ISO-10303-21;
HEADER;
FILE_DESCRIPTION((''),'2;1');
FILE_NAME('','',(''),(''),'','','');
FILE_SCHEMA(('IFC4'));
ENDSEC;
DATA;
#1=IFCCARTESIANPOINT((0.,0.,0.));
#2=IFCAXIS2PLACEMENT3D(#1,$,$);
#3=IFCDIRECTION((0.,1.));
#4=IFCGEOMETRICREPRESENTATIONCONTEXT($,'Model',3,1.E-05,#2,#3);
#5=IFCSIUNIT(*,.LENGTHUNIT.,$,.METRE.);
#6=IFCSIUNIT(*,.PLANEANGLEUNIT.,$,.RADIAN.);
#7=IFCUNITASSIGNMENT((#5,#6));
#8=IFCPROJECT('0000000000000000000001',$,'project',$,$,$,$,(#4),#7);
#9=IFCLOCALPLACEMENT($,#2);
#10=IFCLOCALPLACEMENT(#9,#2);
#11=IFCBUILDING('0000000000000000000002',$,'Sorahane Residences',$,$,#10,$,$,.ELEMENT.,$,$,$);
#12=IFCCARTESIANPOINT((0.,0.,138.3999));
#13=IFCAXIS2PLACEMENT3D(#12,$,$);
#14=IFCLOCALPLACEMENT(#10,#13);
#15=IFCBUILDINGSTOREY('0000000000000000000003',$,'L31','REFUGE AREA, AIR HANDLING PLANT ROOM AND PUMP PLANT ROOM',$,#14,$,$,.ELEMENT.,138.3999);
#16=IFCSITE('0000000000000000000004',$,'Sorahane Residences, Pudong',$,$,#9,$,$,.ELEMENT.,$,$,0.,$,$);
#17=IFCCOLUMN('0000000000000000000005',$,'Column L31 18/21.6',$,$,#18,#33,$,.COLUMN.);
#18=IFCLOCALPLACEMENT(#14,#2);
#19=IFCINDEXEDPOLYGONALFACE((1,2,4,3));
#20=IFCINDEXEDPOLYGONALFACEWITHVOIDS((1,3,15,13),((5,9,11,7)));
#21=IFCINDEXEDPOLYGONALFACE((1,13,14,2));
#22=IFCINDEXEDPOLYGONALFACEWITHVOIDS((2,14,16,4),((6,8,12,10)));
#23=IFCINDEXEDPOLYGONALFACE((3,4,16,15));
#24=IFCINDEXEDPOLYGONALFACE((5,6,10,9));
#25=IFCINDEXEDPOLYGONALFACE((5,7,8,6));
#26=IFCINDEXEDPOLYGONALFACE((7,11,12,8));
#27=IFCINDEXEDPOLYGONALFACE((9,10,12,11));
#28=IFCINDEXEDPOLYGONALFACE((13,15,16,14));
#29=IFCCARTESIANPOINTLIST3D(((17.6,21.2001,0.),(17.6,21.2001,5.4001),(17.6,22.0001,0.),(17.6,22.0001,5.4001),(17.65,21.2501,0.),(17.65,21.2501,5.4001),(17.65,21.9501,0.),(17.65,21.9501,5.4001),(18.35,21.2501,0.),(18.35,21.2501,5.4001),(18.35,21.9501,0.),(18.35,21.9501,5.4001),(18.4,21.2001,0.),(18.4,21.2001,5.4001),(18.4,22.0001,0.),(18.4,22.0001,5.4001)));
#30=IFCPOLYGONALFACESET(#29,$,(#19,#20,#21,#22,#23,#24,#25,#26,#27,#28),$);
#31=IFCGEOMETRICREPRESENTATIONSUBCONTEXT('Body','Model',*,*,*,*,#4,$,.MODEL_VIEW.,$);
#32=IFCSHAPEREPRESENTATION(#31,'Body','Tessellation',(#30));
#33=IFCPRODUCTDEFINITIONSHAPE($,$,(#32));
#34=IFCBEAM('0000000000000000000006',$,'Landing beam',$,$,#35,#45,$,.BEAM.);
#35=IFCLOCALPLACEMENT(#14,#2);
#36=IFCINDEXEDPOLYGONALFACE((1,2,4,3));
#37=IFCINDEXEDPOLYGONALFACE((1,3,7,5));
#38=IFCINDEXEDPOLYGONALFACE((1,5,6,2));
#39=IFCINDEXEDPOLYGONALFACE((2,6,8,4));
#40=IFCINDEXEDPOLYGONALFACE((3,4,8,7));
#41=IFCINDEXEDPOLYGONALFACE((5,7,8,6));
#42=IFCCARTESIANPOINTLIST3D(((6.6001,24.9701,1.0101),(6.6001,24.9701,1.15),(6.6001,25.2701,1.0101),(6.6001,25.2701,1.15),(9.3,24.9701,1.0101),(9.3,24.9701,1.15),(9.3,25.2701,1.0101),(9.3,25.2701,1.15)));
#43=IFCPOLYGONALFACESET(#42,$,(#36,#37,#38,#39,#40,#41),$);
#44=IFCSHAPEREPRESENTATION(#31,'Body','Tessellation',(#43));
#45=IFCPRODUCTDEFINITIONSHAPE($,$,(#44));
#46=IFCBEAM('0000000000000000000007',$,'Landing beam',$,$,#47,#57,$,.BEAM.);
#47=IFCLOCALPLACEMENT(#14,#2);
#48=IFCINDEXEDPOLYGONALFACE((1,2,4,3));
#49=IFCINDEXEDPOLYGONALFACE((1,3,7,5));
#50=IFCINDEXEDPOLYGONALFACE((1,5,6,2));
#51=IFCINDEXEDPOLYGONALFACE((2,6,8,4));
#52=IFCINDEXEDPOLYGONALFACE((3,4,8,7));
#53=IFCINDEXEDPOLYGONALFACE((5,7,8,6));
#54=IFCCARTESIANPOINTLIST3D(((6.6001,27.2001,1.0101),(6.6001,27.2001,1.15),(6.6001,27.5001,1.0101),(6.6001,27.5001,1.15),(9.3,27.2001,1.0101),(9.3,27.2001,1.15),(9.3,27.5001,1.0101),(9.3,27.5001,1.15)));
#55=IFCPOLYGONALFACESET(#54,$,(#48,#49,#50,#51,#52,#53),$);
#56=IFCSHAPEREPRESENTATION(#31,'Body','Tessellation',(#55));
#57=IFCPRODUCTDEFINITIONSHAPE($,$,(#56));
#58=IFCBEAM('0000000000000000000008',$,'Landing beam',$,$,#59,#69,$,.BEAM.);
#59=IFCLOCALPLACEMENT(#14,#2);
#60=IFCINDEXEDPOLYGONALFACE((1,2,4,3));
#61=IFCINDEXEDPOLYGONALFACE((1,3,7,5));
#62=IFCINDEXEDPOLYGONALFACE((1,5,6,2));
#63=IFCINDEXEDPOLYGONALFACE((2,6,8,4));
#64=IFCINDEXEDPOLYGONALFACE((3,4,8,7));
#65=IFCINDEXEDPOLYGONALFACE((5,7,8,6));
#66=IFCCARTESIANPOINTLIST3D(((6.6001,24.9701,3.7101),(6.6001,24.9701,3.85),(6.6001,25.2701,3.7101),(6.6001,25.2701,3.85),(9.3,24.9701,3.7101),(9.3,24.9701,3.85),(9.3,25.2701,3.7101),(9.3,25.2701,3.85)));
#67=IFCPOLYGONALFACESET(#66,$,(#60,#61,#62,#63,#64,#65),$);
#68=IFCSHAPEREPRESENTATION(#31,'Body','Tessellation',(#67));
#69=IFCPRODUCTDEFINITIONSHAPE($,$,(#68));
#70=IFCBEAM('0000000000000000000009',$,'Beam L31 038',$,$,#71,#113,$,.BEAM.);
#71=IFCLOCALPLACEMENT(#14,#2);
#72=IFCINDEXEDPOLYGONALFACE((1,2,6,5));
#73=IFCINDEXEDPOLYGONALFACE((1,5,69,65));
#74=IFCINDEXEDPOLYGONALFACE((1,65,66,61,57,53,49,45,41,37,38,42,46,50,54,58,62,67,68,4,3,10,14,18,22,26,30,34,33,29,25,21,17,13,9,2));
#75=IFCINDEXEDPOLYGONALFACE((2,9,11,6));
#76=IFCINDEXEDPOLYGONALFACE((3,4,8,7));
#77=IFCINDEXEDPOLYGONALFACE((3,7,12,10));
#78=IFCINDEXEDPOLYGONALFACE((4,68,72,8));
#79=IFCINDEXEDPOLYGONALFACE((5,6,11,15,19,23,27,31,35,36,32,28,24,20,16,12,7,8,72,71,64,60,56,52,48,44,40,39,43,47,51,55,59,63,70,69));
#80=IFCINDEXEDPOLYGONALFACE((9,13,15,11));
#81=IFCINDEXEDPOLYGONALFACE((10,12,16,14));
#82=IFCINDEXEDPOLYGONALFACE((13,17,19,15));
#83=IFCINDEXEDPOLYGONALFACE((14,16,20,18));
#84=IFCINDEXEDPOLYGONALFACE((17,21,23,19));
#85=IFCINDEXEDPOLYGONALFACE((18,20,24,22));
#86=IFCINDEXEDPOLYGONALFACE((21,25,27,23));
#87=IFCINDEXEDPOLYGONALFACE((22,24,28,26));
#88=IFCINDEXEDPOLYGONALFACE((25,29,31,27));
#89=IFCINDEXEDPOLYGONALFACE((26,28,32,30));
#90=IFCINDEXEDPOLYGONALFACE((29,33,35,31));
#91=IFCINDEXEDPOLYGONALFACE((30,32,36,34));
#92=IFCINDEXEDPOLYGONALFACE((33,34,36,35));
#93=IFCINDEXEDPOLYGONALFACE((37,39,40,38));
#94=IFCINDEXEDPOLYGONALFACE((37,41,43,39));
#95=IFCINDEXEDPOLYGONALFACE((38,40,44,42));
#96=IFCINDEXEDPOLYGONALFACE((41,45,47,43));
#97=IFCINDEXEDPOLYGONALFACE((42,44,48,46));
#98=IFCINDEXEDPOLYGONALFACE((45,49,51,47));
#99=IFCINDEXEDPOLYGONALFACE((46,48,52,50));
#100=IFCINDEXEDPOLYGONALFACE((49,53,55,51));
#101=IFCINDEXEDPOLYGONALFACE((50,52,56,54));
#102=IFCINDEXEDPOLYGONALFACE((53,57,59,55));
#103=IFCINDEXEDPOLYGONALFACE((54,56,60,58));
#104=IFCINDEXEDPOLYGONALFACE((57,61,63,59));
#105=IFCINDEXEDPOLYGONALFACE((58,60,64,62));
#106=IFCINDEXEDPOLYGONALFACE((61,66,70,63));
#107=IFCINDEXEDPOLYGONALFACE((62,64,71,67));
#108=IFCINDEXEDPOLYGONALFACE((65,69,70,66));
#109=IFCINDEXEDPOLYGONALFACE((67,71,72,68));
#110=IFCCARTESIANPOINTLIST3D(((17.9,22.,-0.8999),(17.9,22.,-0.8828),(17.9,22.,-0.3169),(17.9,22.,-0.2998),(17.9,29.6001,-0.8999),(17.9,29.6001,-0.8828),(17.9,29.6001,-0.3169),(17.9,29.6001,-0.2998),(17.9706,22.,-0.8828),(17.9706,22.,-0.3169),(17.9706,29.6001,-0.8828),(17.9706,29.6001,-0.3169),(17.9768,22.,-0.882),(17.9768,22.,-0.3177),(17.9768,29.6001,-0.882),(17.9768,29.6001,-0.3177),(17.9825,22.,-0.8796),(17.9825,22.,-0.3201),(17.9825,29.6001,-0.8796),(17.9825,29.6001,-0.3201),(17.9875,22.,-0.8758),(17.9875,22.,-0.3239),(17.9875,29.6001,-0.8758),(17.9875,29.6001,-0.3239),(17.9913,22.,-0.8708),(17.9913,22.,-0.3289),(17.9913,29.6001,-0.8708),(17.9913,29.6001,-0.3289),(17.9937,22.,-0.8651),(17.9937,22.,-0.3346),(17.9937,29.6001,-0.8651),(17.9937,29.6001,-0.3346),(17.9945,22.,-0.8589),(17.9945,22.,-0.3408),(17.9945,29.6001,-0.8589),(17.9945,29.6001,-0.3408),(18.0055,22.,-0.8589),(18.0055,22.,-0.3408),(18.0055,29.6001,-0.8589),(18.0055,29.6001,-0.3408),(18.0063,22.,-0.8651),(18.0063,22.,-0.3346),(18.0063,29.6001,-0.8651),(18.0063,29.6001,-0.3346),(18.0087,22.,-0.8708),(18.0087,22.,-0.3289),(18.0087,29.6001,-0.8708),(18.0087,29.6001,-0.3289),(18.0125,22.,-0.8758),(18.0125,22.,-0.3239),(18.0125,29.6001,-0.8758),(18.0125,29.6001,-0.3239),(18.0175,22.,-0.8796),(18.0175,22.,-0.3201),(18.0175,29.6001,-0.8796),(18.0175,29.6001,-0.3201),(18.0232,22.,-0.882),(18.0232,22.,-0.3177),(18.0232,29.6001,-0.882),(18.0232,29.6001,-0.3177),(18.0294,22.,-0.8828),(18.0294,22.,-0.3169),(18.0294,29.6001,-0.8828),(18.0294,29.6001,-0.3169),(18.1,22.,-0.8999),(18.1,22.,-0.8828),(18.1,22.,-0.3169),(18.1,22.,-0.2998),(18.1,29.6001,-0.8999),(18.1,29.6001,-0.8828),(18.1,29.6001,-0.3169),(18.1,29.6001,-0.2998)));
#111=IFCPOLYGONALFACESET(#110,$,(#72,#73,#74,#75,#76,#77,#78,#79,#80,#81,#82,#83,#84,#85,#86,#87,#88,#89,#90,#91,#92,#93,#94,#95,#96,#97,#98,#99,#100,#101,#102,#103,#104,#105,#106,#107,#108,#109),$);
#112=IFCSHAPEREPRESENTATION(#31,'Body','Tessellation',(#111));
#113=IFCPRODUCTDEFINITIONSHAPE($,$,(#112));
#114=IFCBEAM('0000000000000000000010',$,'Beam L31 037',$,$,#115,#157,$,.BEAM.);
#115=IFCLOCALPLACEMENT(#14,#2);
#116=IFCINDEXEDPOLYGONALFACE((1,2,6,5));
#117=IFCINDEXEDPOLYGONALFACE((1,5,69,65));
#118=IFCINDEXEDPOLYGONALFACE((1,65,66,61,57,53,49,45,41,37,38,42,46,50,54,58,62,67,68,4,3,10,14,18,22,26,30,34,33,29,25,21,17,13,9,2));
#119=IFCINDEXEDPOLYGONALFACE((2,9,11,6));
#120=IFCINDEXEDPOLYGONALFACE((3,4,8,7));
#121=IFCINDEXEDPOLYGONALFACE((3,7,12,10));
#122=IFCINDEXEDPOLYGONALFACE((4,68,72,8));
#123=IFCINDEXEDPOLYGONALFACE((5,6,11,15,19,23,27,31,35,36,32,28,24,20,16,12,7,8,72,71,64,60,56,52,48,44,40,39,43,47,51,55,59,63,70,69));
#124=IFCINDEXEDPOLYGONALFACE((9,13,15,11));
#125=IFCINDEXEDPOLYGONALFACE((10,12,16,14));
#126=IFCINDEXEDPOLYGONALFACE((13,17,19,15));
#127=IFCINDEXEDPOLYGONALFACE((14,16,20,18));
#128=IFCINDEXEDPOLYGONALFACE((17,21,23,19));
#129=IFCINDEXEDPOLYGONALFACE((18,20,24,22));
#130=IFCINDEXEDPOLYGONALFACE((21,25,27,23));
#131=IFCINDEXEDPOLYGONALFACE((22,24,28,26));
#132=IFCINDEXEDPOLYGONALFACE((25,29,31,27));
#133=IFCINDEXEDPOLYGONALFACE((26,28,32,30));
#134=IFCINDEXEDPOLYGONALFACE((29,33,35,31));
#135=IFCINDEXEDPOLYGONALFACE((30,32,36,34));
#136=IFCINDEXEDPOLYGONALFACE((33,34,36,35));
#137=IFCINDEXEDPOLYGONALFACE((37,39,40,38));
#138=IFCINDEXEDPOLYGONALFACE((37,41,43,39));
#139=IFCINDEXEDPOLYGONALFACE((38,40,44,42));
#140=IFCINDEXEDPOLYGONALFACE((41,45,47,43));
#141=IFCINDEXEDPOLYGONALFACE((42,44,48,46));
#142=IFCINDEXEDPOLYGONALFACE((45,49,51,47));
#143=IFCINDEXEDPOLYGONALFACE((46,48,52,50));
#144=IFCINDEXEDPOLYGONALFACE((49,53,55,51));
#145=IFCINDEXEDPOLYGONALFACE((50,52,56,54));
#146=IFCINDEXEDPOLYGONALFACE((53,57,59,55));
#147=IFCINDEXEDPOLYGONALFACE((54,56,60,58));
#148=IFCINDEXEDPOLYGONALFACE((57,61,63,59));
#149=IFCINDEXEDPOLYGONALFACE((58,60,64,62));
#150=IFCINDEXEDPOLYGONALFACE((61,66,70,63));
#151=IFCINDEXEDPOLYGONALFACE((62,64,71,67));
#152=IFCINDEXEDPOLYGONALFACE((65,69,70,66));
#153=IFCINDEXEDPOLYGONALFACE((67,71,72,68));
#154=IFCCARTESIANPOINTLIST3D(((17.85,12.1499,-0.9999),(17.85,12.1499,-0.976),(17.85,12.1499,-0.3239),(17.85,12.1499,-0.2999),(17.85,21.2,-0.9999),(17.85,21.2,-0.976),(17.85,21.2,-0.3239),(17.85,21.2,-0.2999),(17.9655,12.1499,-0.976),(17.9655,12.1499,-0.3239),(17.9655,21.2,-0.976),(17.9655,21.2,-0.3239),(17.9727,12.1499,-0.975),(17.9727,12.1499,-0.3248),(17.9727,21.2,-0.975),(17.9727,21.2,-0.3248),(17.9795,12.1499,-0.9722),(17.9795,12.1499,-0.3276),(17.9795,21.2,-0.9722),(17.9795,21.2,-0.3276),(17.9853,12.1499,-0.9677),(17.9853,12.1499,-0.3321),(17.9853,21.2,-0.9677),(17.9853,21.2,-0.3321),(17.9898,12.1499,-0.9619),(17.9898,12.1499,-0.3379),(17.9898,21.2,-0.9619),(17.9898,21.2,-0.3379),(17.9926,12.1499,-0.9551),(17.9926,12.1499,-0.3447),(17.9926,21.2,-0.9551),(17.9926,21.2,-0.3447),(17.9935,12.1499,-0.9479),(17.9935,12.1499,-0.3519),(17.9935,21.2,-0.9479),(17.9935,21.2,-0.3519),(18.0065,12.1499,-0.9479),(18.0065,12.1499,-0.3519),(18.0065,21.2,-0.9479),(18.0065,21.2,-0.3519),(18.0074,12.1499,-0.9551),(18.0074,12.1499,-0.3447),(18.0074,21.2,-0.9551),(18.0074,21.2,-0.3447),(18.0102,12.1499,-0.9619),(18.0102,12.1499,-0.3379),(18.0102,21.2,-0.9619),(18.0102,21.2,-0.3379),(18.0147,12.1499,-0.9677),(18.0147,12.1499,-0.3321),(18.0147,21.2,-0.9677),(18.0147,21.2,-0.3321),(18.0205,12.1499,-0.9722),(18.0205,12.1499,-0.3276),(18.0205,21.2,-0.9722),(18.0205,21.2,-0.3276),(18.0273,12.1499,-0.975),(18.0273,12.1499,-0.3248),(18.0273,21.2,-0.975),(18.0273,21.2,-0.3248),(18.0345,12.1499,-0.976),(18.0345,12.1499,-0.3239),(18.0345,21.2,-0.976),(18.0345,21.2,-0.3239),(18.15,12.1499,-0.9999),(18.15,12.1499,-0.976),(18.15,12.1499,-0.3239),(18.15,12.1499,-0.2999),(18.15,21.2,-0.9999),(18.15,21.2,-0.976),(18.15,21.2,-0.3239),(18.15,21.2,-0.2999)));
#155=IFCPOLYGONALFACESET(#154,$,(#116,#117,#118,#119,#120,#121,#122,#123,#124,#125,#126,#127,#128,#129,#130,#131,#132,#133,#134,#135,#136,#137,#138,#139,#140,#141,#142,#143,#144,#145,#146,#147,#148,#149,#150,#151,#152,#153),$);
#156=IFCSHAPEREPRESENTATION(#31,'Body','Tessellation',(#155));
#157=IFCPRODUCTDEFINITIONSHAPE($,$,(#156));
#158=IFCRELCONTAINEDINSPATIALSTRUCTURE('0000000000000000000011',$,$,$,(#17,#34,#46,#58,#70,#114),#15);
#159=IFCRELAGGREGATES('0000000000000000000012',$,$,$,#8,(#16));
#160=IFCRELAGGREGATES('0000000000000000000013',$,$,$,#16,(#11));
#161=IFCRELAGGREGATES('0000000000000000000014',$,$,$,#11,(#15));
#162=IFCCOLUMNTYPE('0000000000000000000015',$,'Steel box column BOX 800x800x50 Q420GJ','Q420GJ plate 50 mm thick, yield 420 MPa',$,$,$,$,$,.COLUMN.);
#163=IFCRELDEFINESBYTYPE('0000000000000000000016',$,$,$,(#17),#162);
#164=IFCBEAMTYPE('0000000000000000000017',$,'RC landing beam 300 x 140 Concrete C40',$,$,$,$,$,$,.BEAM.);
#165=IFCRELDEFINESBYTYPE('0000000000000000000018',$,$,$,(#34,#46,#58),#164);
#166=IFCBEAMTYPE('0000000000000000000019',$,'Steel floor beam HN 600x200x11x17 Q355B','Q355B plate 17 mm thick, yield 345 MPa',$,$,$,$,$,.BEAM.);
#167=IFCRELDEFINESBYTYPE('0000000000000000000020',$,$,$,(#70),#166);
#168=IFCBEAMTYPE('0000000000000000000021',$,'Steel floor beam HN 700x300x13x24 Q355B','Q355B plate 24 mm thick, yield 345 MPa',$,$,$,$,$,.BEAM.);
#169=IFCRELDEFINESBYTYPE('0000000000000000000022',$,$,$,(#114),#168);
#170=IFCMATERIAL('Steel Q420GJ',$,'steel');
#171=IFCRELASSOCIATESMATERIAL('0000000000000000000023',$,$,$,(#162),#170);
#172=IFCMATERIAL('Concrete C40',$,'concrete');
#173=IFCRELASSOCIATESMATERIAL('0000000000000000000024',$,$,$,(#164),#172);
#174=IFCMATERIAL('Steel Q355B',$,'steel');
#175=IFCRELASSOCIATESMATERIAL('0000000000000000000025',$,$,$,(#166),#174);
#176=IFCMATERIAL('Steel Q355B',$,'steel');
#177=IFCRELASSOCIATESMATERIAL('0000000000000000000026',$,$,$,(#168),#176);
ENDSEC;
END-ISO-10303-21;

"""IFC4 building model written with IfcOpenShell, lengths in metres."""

from ifc_helpers import new_model, si_unit, direction, frame, origin, origin_2d, place, context, subcontext, project, spatial, rectangle, hollow_rectangle, i_section, extrude, material, material_profile, profile_set, type_object, element, save


model = new_model("IFC4")

# Units and contexts
model_context = context("Model", 3, precision=1e-05, world=origin(), true_north=direction((0.0, 1.0)))
body_context = subcontext(model_context, "Body", "Model", "MODEL_VIEW")
ifc_project = project(units=[si_unit("LENGTHUNIT", "METRE"), si_unit("PLANEANGLEUNIT", "RADIAN")], contexts=[model_context])

# Site, building, storey
site_placement = place(None, origin())
site = spatial("IfcSite", under=ifc_project, at=site_placement, Name="Sorahane Residences, Pudong", CompositionType="ELEMENT", RefElevation=0.0)
building_placement = place(site_placement, origin())
building = spatial("IfcBuilding", under=site, at=building_placement, Name="Sorahane Residences", CompositionType="ELEMENT")
storey_placement = place(building_placement, frame((0.0, 0.0, 138.3999)))
storey = spatial("IfcBuildingStorey", under=building, at=storey_placement, Name="L31", Description="REFUGE AREA, AIR HANDLING PLANT ROOM AND PUMP PLANT ROOM", CompositionType="ELEMENT", Elevation=138.3999)

# Column
ifc_material_1 = material(Name="Steel Q420GJ", Category="steel")
ifc_material_profile_1 = material_profile(ifc_material_1, hollow_rectangle(XDim=0.8, YDim=0.8, WallThickness=0.05, at=origin_2d()), Name="BOX 800x800x50")
ifc_profile_set_1 = profile_set([ifc_material_profile_1], Name="Steel Q420GJ")
column_type = type_object("IfcColumnType", Name="Steel box column BOX 800x800x50 Q420GJ", Description="Q420GJ plate 50 mm thick, yield 420 MPa", PredefinedType="COLUMN", material=ifc_profile_set_1)
column_placement = place(storey_placement, frame((18.0, 21.6001, 0.0), z_axis=(0.0, 0.0, 1.0), x_axis=(1.0, 0.0, 0.0)))
element("IfcColumn", 1, at=column_placement, inside=storey, type_object=column_type, Name="Column L31 18/21.6", PredefinedType="COLUMN", context=body_context, shape_type="SweptSolid", body=[
    extrude(hollow_rectangle(XDim=0.8, YDim=0.8, WallThickness=0.05, at=origin_2d()), origin(), (0.0, 0.0, 1.0), 5.4001),
])

# Beams
ifc_material_2 = material(Name="Concrete C40", Category="concrete")
ifc_material_profile_2 = material_profile(ifc_material_2, rectangle(XDim=0.3, YDim=0.1399, at=origin_2d()), Name="300x140")
ifc_profile_set_2 = profile_set([ifc_material_profile_2], Name="Concrete C40")
beam_type_1 = type_object("IfcBeamType", Name="RC landing beam 300 x 140 Concrete C40", PredefinedType="BEAM", material=ifc_profile_set_2)
for number, where, z_axis, x_axis, name in (
    (2, (6.6001, 25.1201, 1.0801), (1.0, 0.0, 0.0), (0.0, 1.0, 0.0), "Landing beam"),
    (3, (6.6001, 27.3501, 1.0801), (1.0, 0.0, 0.0), (0.0, 1.0, 0.0), "Landing beam"),
    (4, (6.6001, 25.1201, 3.78), (1.0, 0.0, 0.0), (0.0, 1.0, 0.0), "Landing beam"),
):
    element("IfcBeam", number, at=place(storey_placement, frame(where, z_axis=z_axis, x_axis=x_axis)), inside=storey, type_object=beam_type_1, Name=name, PredefinedType="BEAM", context=body_context, shape_type="SweptSolid", body=[
        extrude(rectangle(XDim=0.3, YDim=0.1399, at=origin_2d()), origin(), (0.0, 0.0, 1.0), 2.7),
    ])
ifc_material_3 = material(Name="Steel Q355B", Category="steel")
ifc_material_profile_3 = material_profile(ifc_material_3, i_section(OverallWidth=0.2, OverallDepth=0.6001, WebThickness=0.011, FlangeThickness=0.0171, FilletRadius=0.0239, at=origin_2d()), Name="HN 600x200x11x17")
ifc_profile_set_3 = profile_set([ifc_material_profile_3], Name="Steel Q355B")
beam_type_2 = type_object("IfcBeamType", Name="Steel floor beam HN 600x200x11x17 Q355B", Description="Q355B plate 17 mm thick, yield 345 MPa", PredefinedType="BEAM", material=ifc_profile_set_3)
beam_1_placement = place(storey_placement, frame((18.0, 22.0, -0.5999), z_axis=(0.0, 1.0, 0.0), x_axis=(-1.0, 0.0, 0.0)))
element("IfcBeam", 5, at=beam_1_placement, inside=storey, type_object=beam_type_2, Name="Beam L31 038", PredefinedType="BEAM", context=body_context, shape_type="SweptSolid", body=[
    extrude(i_section(OverallWidth=0.2, OverallDepth=0.6001, WebThickness=0.011, FlangeThickness=0.0171, FilletRadius=0.0239, at=origin_2d()), origin(), (0.0, 0.0, 1.0), 7.6001),
])
ifc_material_4 = material(Name="Steel Q355B", Category="steel")
ifc_material_profile_4 = material_profile(ifc_material_4, i_section(OverallWidth=0.3, OverallDepth=0.7, WebThickness=0.0129, FlangeThickness=0.0239, FilletRadius=0.0281, at=origin_2d()), Name="HN 700x300x13x24")
ifc_profile_set_4 = profile_set([ifc_material_profile_4], Name="Steel Q355B")
beam_type_3 = type_object("IfcBeamType", Name="Steel floor beam HN 700x300x13x24 Q355B", Description="Q355B plate 24 mm thick, yield 345 MPa", PredefinedType="BEAM", material=ifc_profile_set_4)
beam_2_placement = place(storey_placement, frame((18.0, 12.1499, -0.6499), z_axis=(0.0, 1.0, 0.0), x_axis=(-1.0, 0.0, 0.0)))
element("IfcBeam", 6, at=beam_2_placement, inside=storey, type_object=beam_type_3, Name="Beam L31 037", PredefinedType="BEAM", context=body_context, shape_type="SweptSolid", body=[
    extrude(i_section(OverallWidth=0.3, OverallDepth=0.7, WebThickness=0.0129, FlangeThickness=0.0239, FilletRadius=0.0281, at=origin_2d()), origin(), (0.0, 0.0, 1.0), 9.05),
])

save(model, "model.ifc")
